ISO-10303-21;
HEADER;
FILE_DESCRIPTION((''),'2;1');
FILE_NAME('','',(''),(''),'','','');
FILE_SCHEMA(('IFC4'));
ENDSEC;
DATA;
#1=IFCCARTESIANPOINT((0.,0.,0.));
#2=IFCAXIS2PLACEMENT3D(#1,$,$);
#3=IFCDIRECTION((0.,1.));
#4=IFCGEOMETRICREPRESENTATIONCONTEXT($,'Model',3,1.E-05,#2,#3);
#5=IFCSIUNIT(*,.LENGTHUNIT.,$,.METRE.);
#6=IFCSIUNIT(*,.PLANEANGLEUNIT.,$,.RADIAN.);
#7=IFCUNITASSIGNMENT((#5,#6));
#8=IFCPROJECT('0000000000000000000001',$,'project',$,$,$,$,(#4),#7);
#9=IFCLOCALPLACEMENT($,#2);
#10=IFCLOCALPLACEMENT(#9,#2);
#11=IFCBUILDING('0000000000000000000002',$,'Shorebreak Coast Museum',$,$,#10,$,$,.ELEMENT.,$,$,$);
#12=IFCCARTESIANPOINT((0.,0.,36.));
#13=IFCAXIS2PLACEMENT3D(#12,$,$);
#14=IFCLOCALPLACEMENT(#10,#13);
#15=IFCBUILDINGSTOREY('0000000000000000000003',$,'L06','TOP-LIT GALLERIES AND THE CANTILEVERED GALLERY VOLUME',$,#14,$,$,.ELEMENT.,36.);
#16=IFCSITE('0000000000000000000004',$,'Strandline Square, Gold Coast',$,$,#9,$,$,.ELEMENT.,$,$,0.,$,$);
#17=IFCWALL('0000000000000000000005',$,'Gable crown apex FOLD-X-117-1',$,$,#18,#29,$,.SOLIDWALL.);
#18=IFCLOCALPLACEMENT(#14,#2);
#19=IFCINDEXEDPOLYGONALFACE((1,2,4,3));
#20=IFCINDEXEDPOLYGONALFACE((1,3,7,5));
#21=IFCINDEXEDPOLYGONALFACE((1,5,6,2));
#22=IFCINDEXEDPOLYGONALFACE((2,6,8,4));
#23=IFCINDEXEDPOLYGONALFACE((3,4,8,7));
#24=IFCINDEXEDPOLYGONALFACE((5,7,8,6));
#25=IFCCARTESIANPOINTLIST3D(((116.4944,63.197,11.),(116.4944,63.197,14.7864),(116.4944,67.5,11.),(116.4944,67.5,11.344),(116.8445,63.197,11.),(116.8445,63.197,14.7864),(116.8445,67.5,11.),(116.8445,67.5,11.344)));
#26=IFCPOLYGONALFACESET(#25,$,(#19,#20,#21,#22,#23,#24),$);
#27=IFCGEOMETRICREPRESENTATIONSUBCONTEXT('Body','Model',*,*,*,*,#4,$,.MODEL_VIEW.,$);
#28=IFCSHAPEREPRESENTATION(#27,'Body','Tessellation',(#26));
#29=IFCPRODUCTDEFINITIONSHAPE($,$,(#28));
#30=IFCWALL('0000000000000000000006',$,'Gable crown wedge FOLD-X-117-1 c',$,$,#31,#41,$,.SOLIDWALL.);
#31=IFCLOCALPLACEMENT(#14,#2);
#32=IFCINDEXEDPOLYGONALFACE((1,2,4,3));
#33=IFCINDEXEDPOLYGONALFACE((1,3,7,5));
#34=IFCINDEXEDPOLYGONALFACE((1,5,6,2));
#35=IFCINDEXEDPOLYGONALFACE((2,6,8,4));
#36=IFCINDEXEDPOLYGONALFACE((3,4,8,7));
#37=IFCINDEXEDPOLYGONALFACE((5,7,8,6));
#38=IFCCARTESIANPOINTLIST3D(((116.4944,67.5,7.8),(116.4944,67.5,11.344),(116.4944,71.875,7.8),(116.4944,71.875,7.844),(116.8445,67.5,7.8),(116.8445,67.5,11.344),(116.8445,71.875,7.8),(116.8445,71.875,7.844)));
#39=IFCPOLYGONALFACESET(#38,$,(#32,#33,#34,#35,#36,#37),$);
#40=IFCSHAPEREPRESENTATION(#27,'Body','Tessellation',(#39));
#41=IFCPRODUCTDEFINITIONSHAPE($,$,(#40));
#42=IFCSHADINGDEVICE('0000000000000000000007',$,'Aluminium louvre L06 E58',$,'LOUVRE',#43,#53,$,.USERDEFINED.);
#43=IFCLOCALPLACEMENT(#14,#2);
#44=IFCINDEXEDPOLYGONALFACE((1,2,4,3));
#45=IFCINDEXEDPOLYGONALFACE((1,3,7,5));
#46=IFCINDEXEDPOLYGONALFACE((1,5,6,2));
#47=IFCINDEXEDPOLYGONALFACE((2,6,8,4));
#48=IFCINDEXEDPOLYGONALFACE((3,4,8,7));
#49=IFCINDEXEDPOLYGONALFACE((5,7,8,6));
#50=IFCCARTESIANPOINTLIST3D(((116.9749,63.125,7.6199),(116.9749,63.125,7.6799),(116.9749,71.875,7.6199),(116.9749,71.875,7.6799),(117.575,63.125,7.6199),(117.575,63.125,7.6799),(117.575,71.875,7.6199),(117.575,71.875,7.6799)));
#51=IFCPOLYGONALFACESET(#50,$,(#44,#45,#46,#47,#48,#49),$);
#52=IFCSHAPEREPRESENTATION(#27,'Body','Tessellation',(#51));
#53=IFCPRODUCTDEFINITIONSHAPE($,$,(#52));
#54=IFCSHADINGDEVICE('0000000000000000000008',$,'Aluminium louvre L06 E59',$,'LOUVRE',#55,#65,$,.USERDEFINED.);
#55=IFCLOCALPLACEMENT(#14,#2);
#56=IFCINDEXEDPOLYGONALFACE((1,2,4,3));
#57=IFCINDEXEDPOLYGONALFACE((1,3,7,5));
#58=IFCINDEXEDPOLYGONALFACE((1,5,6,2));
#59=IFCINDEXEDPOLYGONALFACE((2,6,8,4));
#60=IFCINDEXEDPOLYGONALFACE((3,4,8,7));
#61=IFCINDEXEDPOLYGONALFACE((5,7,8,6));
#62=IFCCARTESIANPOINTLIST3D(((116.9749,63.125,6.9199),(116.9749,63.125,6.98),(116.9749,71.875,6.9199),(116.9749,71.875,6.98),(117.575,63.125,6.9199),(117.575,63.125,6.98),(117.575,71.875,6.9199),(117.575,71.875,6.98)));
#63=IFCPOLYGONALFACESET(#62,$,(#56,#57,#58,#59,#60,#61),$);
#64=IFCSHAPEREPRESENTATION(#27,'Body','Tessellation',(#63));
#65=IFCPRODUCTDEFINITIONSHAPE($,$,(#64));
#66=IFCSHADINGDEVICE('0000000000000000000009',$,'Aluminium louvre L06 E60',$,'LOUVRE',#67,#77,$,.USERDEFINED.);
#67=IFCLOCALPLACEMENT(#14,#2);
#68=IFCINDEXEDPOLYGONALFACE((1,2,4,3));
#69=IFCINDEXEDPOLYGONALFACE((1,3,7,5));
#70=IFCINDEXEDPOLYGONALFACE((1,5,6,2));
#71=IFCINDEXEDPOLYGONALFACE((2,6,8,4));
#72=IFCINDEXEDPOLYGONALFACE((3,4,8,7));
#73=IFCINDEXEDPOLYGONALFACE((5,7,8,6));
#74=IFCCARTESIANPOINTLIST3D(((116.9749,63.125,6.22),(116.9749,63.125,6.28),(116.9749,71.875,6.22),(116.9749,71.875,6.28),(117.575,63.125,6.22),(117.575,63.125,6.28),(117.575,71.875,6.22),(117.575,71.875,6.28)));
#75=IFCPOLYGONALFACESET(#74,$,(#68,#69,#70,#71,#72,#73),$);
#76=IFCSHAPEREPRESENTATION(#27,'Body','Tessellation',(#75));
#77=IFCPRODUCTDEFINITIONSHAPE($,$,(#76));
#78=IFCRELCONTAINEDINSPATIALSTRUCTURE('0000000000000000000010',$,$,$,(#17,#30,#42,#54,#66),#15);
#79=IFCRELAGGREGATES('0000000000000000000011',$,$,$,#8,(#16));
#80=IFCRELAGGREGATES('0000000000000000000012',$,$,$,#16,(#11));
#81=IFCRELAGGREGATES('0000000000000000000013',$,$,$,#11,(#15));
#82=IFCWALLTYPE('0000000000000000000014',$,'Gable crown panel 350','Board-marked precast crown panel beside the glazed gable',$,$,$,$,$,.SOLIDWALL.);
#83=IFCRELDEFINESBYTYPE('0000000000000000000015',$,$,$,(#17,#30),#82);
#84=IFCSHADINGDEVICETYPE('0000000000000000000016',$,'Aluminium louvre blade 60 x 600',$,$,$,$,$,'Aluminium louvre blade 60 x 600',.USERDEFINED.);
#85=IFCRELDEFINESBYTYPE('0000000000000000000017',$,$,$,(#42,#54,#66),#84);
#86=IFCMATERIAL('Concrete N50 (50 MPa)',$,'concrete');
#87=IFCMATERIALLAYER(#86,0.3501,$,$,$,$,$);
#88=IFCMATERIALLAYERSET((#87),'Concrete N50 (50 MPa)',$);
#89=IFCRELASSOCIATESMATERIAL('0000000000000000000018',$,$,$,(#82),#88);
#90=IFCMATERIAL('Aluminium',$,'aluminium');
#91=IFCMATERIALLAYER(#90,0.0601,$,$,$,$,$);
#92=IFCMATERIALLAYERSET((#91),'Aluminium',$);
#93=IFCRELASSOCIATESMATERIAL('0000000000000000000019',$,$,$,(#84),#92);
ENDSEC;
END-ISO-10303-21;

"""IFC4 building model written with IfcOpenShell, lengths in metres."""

from ifc_helpers import new_model, si_unit, direction, frame, origin, origin_2d, place, context, subcontext, project, spatial, polyline, rectangle, outline, extrude, material, layer, layer_set, type_object, element, save


model = new_model("IFC4")

# Units and contexts
model_context = context("Model", 3, precision=1e-05, world=origin(), true_north=direction((0.0, 1.0)))
body_context = subcontext(model_context, "Body", "Model", "MODEL_VIEW")
ifc_project = project(units=[si_unit("LENGTHUNIT", "METRE"), si_unit("PLANEANGLEUNIT", "RADIAN")], contexts=[model_context])

# Site, building, storey
site_placement = place(None, origin())
site = spatial("IfcSite", under=ifc_project, at=site_placement, Name="Strandline Square, Gold Coast", CompositionType="ELEMENT", RefElevation=0.0)
building_placement = place(site_placement, origin())
building = spatial("IfcBuilding", under=site, at=building_placement, Name="Shorebreak Coast Museum", CompositionType="ELEMENT")
storey_placement = place(building_placement, frame((0.0, 0.0, 36.0)))
storey = spatial("IfcBuildingStorey", under=building, at=storey_placement, Name="L06", Description="TOP-LIT GALLERIES AND THE CANTILEVERED GALLERY VOLUME", CompositionType="ELEMENT", Elevation=36.0)

# Walls
ifc_material_1 = material(Name="Concrete N50 (50 MPa)", Category="concrete")
ifc_layer_1 = layer(ifc_material_1, 0.3501)
ifc_layer_set_1 = layer_set([ifc_layer_1], Name="Concrete N50 (50 MPa)")
wall_type = type_object("IfcWallType", Name="Gable crown panel 350", Description="Board-marked precast crown panel beside the glazed gable", PredefinedType="SOLIDWALL", material=ifc_layer_set_1)
wall_1_placement = place(storey_placement, frame((116.6694, 63.197, 11.0), z_axis=(0.0, 0.0, 1.0), x_axis=(0.0, 1.0, 0.0)))
element("IfcWall", 1, at=wall_1_placement, inside=storey, type_object=wall_type, Name="Gable crown apex FOLD-X-117-1", PredefinedType="SOLIDWALL", context=body_context, shape_type="SweptSolid", body=[
    extrude(outline(polyline([(0.0, 0.0), (4.303, 0.0), (4.303, 0.344), (0.0, 3.7864), (0.0, 0.0)])), frame((0.0, 0.175, 0.0), z_axis=(0.0, -1.0, 0.0), x_axis=(1.0, 0.0, 0.0)), (0.0, 0.0, 1.0), 0.3501),
])
wall_2_placement = place(storey_placement, frame((116.6694, 67.5, 7.8), z_axis=(0.0, 0.0, 1.0), x_axis=(0.0, 1.0, 0.0)))
element("IfcWall", 2, at=wall_2_placement, inside=storey, type_object=wall_type, Name="Gable crown wedge FOLD-X-117-1 c", PredefinedType="SOLIDWALL", context=body_context, shape_type="SweptSolid", body=[
    extrude(outline(polyline([(0.0, 0.0), (4.375, 0.0), (4.375, 0.0439), (0.0, 3.5439), (0.0, 0.0)])), frame((0.0, 0.175, 0.0), z_axis=(0.0, -1.0, 0.0), x_axis=(1.0, 0.0, 0.0)), (0.0, 0.0, 1.0), 0.3501),
])

# Shading devices
ifc_material_2 = material(Name="Aluminium", Category="aluminium")
ifc_layer_2 = layer(ifc_material_2, 0.0601)
ifc_layer_set_2 = layer_set([ifc_layer_2], Name="Aluminium")
shading_device_type = type_object("IfcShadingDeviceType", Name="Aluminium louvre blade 60 x 600", ElementType="Aluminium louvre blade 60 x 600", PredefinedType="USERDEFINED", material=ifc_layer_set_2)
for number, where, z_axis, x_axis, name in (
    (3, (117.2749, 67.5, 7.6199), (0.0, 0.0, 1.0), (1.0, 0.0, 0.0), "Aluminium louvre L06 E58"),
    (4, (117.2749, 67.5, 6.9199), (0.0, 0.0, 1.0), (1.0, 0.0, 0.0), "Aluminium louvre L06 E59"),
    (5, (117.2749, 67.5, 6.22), (0.0, 0.0, 1.0), (1.0, 0.0, 0.0), "Aluminium louvre L06 E60"),
):
    element("IfcShadingDevice", number, at=place(storey_placement, frame(where, z_axis=z_axis, x_axis=x_axis)), inside=storey, type_object=shading_device_type, Name=name, ObjectType="LOUVRE", PredefinedType="USERDEFINED", context=body_context, shape_type="SweptSolid", body=[
        extrude(rectangle(XDim=0.6001, YDim=8.75, at=origin_2d()), origin(), (0.0, 0.0, 1.0), 0.0601),
    ])

save(model, "model.ifc")
